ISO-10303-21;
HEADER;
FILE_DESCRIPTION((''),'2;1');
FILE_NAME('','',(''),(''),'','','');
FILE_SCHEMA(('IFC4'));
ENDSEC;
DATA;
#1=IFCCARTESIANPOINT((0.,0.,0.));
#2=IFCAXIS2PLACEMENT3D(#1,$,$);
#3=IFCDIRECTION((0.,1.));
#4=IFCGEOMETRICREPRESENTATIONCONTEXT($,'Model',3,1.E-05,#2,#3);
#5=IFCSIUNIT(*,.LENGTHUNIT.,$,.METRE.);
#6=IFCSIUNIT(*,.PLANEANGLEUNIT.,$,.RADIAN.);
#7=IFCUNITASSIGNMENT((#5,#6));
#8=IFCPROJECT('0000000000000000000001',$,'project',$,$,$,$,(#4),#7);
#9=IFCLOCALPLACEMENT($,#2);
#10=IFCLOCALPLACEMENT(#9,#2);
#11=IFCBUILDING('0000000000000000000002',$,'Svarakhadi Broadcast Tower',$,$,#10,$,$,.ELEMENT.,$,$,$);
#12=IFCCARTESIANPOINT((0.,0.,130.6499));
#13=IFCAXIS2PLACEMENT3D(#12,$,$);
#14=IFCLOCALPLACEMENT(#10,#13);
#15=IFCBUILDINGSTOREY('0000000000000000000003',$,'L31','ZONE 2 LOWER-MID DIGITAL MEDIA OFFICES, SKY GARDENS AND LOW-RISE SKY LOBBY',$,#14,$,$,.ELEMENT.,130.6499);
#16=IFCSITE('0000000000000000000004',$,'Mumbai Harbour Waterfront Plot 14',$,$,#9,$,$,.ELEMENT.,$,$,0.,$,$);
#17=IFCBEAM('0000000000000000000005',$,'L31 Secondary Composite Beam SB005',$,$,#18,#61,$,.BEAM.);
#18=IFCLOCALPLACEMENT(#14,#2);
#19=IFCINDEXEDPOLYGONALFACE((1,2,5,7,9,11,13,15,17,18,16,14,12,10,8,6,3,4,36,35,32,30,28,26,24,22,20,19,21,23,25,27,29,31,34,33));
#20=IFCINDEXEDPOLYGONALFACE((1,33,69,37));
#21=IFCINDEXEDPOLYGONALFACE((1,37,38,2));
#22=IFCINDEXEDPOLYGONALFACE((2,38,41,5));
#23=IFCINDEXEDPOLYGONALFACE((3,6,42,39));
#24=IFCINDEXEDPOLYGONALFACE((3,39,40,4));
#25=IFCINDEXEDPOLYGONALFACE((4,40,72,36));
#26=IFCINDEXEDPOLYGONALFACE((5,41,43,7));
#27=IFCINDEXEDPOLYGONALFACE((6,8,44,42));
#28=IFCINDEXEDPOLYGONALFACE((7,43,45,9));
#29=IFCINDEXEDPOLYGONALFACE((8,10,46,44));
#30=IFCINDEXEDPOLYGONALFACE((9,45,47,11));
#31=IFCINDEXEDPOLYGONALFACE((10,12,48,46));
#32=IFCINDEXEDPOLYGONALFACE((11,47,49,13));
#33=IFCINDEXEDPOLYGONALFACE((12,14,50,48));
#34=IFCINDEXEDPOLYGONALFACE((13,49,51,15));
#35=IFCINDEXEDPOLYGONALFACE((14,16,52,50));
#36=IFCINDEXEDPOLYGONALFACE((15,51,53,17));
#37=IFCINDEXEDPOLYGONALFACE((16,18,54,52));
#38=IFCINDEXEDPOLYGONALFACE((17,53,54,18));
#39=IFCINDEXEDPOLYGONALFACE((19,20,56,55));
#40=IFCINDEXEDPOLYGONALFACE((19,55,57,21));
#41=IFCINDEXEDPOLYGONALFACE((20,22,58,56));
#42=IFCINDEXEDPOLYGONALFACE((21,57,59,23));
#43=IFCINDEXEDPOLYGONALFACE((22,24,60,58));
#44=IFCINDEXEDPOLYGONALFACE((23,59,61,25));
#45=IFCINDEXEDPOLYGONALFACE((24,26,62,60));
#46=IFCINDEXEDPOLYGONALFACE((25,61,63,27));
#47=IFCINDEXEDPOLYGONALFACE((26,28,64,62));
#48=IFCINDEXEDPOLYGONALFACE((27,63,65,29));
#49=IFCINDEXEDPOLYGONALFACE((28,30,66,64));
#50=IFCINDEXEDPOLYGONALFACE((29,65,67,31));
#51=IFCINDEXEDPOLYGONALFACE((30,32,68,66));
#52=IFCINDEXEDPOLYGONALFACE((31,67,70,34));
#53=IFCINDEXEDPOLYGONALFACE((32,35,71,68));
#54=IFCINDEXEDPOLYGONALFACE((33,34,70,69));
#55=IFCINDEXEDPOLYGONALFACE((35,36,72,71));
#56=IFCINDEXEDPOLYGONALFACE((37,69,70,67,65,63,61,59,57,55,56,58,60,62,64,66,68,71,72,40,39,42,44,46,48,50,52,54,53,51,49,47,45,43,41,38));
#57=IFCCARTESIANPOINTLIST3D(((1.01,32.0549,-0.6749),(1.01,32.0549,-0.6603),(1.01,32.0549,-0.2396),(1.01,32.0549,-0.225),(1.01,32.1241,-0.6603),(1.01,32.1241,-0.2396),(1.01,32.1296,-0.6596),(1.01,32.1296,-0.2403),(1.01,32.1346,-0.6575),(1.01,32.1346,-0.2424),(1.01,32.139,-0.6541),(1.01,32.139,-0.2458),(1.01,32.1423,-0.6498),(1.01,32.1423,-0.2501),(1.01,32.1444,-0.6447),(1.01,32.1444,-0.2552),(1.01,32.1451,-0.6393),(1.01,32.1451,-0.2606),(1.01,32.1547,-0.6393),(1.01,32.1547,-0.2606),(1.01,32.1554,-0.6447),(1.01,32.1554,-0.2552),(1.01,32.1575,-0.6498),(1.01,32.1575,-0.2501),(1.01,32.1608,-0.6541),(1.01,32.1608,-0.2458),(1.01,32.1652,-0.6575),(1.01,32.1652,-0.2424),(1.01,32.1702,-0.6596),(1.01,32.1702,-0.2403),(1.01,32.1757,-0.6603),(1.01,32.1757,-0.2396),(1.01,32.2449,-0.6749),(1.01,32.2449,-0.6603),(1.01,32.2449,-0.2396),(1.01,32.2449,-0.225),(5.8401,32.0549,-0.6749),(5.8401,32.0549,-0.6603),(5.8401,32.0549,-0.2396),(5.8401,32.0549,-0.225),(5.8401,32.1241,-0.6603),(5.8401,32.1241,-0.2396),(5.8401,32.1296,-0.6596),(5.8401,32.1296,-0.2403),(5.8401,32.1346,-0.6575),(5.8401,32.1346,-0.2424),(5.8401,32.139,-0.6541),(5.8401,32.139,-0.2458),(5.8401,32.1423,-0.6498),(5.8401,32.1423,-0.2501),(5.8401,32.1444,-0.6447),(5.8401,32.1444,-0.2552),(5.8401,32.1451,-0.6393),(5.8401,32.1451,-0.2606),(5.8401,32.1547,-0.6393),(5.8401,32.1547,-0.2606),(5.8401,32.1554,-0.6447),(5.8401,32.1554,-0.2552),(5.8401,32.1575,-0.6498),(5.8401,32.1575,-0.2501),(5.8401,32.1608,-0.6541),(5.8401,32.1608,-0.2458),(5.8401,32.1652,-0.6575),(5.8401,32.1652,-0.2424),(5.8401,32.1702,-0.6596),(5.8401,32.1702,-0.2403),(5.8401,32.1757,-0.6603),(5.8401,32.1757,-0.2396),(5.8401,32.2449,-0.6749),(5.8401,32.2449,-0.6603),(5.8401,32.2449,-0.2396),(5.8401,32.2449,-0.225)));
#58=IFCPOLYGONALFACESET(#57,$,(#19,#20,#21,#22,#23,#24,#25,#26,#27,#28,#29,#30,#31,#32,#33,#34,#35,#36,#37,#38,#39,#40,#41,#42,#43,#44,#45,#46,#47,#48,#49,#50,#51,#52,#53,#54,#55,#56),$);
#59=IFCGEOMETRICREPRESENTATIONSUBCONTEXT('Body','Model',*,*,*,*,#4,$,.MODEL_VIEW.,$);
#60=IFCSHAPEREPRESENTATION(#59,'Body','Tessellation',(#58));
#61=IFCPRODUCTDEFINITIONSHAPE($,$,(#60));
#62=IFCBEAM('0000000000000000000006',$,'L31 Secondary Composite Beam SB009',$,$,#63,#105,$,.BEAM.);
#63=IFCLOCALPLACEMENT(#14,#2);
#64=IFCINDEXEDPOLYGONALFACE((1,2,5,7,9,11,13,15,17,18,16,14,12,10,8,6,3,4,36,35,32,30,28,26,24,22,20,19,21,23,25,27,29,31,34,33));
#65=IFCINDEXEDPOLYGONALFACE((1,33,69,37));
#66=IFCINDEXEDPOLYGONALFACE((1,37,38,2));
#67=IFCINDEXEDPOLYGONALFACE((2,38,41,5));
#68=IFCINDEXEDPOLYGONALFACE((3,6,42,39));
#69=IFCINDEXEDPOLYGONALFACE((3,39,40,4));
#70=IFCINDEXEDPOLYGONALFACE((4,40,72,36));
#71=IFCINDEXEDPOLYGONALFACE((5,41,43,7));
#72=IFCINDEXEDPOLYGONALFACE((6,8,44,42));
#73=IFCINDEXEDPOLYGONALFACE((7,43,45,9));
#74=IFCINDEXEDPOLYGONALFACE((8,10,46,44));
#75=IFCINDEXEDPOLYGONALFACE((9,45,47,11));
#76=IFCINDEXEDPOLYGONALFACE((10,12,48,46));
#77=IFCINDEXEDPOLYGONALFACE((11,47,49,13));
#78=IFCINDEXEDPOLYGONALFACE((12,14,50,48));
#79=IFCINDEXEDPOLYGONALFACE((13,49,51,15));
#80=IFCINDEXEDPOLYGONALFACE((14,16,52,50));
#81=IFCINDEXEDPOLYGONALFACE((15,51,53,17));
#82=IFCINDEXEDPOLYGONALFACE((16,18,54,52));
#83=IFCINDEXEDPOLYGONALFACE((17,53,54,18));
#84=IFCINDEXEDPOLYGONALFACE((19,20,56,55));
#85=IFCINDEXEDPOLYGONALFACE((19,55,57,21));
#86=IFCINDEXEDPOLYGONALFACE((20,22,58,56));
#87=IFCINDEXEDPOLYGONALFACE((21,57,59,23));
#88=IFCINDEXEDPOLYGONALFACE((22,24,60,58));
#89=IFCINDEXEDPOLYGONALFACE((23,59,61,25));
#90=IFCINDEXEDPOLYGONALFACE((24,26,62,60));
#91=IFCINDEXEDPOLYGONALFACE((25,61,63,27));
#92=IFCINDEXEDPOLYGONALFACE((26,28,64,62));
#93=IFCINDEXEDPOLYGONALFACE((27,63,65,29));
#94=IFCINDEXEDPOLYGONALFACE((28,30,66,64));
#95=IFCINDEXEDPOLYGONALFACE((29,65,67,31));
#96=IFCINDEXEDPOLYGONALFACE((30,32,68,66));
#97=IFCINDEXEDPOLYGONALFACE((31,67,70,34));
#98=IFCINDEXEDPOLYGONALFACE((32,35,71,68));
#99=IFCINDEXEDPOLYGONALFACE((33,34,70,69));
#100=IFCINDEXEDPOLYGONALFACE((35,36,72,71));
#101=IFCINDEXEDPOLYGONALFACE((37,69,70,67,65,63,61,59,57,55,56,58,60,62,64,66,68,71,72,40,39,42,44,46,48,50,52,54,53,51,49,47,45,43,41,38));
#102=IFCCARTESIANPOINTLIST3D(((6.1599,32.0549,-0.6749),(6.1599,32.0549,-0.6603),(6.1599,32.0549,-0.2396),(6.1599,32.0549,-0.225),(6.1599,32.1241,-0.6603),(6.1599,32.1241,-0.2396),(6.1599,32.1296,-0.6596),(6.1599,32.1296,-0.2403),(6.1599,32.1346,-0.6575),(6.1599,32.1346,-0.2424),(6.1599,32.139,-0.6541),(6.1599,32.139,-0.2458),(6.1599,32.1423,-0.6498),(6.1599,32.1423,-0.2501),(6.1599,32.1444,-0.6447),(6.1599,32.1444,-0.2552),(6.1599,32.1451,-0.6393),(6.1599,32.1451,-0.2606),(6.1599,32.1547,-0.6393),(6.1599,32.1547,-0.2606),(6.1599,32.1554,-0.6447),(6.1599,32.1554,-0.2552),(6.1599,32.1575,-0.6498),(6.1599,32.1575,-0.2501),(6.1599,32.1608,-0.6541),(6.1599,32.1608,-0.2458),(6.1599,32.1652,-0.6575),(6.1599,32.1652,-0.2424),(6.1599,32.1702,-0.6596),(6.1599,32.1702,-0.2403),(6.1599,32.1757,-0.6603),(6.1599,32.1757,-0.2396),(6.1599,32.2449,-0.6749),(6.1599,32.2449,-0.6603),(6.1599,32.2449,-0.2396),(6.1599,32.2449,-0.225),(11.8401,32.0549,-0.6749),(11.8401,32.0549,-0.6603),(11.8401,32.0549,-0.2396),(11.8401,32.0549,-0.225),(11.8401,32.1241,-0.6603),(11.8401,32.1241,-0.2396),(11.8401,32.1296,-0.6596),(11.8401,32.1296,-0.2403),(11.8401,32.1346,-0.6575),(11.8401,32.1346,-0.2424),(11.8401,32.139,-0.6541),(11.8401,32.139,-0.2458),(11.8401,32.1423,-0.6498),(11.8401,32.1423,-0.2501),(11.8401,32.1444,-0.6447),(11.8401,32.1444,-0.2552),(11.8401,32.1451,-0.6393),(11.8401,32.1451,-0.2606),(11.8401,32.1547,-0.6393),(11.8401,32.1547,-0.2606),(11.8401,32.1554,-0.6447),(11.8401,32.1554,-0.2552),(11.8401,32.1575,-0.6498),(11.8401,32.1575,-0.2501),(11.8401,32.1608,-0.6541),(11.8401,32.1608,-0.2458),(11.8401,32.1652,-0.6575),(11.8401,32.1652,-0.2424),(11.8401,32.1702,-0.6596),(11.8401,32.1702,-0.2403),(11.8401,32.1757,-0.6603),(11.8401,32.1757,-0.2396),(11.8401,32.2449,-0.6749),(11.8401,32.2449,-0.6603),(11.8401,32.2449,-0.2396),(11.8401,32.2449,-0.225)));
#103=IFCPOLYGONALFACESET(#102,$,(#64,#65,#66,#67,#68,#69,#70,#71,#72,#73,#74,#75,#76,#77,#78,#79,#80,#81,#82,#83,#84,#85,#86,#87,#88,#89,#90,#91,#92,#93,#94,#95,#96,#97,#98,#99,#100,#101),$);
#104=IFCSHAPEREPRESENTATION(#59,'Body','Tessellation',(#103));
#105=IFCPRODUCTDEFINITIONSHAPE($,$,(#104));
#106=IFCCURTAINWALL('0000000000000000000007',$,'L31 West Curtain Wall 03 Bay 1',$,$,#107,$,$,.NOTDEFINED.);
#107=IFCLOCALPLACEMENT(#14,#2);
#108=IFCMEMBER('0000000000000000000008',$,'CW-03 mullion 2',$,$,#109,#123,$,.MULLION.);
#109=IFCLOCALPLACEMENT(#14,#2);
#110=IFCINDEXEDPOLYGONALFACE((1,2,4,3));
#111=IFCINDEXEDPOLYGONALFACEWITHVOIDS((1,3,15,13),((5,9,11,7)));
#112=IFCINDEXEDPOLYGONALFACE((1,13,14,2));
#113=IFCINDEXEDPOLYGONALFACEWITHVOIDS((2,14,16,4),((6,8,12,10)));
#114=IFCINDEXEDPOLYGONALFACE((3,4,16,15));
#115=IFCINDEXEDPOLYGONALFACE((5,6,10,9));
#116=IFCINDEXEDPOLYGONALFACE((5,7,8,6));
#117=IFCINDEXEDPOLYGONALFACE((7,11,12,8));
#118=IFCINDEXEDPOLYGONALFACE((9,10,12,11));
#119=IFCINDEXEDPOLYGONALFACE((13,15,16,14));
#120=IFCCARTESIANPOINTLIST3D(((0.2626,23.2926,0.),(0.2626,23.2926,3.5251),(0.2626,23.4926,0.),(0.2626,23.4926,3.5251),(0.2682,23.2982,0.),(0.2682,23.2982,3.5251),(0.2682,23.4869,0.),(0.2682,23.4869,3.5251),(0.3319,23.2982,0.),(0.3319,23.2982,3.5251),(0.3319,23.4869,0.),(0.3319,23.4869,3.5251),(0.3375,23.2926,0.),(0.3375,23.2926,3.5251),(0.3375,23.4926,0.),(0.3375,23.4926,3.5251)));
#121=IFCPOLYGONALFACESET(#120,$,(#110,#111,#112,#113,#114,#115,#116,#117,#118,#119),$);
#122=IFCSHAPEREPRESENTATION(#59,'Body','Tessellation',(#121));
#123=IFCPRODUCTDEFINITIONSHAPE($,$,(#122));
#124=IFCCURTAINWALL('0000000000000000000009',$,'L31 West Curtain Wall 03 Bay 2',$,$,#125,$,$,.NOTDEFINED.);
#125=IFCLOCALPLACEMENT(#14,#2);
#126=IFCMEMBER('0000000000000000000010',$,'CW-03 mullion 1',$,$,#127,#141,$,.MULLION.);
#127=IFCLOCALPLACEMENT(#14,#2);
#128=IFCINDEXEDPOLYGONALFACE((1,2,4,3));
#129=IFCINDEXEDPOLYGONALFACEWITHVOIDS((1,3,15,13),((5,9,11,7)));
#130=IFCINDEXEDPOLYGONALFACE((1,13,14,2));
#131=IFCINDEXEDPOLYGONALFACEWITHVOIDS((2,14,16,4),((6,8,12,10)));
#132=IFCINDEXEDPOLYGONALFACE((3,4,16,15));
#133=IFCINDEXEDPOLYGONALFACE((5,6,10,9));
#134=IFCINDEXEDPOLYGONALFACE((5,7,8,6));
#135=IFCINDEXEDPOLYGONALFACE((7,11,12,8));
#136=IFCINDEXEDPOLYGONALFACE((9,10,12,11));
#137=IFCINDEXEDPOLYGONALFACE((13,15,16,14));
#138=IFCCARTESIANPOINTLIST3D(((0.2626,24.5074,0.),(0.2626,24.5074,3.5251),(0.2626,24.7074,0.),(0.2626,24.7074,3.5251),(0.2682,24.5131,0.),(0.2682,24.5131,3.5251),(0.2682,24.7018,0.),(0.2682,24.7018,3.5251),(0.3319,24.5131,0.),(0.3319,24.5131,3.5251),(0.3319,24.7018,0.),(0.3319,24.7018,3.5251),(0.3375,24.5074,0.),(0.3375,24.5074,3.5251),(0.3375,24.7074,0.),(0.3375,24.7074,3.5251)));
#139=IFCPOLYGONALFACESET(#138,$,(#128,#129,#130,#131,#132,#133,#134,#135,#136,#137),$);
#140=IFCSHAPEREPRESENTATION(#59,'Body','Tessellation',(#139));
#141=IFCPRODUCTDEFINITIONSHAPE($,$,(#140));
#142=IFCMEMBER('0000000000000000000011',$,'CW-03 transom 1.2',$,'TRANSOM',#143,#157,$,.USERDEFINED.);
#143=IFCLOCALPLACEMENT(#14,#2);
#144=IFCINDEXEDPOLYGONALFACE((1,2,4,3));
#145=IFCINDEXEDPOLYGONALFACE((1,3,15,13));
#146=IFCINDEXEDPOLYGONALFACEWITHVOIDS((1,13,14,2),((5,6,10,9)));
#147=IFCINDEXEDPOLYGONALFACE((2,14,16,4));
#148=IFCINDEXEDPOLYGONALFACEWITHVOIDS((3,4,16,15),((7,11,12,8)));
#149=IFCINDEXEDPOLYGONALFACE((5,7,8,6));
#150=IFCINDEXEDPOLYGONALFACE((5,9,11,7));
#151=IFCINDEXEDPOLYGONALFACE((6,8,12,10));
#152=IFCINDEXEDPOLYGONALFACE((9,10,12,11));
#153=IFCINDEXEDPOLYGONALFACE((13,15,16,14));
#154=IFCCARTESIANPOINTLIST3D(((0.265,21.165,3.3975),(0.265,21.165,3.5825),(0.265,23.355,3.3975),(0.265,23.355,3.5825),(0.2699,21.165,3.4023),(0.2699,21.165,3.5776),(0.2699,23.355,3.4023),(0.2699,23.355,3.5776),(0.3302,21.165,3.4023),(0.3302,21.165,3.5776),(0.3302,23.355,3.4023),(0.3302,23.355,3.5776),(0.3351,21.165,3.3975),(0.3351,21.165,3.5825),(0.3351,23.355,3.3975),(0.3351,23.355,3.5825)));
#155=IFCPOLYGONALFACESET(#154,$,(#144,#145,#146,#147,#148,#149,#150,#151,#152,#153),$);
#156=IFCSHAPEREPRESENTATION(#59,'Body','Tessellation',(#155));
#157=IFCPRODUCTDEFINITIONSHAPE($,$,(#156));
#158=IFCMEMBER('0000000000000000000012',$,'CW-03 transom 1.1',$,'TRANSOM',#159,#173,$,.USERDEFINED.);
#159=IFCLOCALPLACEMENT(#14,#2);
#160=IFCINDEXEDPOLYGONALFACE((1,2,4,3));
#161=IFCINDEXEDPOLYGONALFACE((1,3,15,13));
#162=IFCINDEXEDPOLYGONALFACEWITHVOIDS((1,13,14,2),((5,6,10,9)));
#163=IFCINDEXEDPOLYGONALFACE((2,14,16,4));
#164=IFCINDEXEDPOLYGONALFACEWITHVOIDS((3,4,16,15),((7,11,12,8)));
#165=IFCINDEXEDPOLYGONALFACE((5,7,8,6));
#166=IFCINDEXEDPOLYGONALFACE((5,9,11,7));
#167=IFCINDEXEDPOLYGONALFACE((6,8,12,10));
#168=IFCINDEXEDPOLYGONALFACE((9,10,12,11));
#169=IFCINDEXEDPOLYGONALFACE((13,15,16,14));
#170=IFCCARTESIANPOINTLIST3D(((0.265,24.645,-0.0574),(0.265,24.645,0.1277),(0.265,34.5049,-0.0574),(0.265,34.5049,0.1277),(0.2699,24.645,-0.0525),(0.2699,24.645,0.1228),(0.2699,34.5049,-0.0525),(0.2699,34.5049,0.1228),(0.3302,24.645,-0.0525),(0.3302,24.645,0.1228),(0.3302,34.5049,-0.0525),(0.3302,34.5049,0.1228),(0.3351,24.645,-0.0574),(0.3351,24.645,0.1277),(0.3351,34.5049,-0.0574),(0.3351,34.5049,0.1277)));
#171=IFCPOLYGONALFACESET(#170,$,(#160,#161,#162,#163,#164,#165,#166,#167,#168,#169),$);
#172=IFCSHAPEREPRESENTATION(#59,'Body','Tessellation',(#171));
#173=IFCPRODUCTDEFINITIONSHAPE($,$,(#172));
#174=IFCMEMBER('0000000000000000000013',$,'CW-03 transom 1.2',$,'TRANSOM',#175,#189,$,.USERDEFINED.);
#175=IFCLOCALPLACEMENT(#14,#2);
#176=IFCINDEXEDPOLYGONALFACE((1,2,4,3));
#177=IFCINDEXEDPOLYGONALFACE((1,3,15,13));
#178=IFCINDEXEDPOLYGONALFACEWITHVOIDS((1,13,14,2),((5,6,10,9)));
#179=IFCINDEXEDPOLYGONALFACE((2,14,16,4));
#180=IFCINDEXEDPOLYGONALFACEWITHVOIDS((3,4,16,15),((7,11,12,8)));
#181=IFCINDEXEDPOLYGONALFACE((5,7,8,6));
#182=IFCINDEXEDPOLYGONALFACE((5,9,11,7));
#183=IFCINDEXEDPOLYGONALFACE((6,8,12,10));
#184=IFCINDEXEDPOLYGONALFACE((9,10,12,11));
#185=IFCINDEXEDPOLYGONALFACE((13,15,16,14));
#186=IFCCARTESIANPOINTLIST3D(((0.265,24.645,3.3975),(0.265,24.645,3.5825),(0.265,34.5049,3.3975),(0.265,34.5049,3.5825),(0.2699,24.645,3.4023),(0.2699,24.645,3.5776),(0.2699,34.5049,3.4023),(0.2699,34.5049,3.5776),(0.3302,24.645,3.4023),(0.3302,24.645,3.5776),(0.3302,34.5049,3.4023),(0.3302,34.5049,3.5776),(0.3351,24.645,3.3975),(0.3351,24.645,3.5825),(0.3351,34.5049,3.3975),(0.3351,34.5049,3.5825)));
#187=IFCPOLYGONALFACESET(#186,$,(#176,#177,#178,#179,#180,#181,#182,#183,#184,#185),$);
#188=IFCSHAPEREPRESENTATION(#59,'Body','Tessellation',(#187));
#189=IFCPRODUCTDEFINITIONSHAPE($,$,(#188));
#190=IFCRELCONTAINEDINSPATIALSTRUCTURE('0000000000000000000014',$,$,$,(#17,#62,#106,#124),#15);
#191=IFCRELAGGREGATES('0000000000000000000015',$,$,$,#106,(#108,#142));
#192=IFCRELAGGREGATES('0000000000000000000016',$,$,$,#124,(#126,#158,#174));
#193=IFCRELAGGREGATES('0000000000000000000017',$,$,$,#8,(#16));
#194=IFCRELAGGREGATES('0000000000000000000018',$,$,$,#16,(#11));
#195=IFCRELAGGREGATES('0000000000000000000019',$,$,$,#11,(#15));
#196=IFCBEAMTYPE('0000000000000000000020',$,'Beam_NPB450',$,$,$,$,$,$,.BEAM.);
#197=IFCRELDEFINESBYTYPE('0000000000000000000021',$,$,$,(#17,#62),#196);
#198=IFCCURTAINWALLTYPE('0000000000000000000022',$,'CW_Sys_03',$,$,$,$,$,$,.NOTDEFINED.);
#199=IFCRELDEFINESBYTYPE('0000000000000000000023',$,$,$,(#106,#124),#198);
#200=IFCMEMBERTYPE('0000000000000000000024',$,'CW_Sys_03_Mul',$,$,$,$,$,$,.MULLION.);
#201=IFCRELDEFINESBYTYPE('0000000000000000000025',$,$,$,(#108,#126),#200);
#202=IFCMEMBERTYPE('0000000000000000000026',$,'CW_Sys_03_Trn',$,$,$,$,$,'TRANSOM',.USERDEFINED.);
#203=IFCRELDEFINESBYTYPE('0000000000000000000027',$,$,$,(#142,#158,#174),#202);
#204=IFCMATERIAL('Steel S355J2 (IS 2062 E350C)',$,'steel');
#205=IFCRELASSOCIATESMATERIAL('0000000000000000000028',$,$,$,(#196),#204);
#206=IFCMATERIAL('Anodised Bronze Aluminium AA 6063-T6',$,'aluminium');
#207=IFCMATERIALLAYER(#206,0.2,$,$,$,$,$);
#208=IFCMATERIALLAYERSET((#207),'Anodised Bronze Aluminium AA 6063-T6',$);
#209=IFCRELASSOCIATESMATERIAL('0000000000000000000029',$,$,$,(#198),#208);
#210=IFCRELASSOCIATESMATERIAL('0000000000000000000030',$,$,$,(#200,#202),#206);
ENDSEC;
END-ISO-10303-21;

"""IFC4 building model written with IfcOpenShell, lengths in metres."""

from ifc_helpers import new_model, si_unit, direction, frame, origin, origin_2d, place, context, subcontext, project, spatial, hollow_rectangle, i_section, extrude, material, layer, layer_set, material_profile, profile_set, type_object, element, aggregate, save


model = new_model("IFC4")

# Units and contexts
model_context = context("Model", 3, precision=1e-05, world=origin(), true_north=direction((0.0, 1.0)))
body_context = subcontext(model_context, "Body", "Model", "MODEL_VIEW")
ifc_project = project(units=[si_unit("LENGTHUNIT", "METRE"), si_unit("PLANEANGLEUNIT", "RADIAN")], contexts=[model_context])

# Site, building, storey
site_placement = place(None, origin())
site = spatial("IfcSite", under=ifc_project, at=site_placement, Name="Mumbai Harbour Waterfront Plot 14", CompositionType="ELEMENT", RefElevation=0.0)
building_placement = place(site_placement, origin())
building = spatial("IfcBuilding", under=site, at=building_placement, Name="Svarakhadi Broadcast Tower", CompositionType="ELEMENT")
storey_placement = place(building_placement, frame((0.0, 0.0, 130.6499)))
storey = spatial("IfcBuildingStorey", under=building, at=storey_placement, Name="L31", Description="ZONE 2 LOWER-MID DIGITAL MEDIA OFFICES, SKY GARDENS AND LOW-RISE SKY LOBBY", CompositionType="ELEMENT", Elevation=130.6499)

# Beams
ifc_material_1 = material(Name="Steel S355J2 (IS 2062 E350C)", Category="steel")
ifc_material_profile_1 = material_profile(ifc_material_1, i_section(OverallWidth=0.1899, OverallDepth=0.45, WebThickness=0.0095, FlangeThickness=0.0146, FilletRadius=0.021, at=origin_2d()), Name="NPB 450x190x78")
ifc_profile_set_1 = profile_set([ifc_material_profile_1], Name="Steel S355J2 (IS 2062 E350C)")
beam_type_1 = type_object("IfcBeamType", Name="Beam_NPB450", PredefinedType="BEAM", material=ifc_profile_set_1)
for number, where, z_axis, x_axis, name in (
    (1, (1.01, 32.1499, -0.45), (1.0, 0.0, 0.0), (0.0, 1.0, 0.0), "L31 Secondary Composite Beam SB005"),
):
    element("IfcBeam", number, at=place(storey_placement, frame(where, z_axis=z_axis, x_axis=x_axis)), inside=storey, type_object=beam_type_1, Name=name, PredefinedType="BEAM", context=body_context, shape_type="SweptSolid", body=[
        extrude(i_section(OverallWidth=0.1899, OverallDepth=0.45, WebThickness=0.0095, FlangeThickness=0.0146, FilletRadius=0.021, at=origin_2d()), origin(), (0.0, 0.0, 1.0), 4.8301),
    ])
beam_1_placement = place(storey_placement, frame((6.1599, 32.1499, -0.45), z_axis=(1.0, 0.0, 0.0), x_axis=(0.0, 1.0, 0.0)))
element("IfcBeam", 2, at=beam_1_placement, inside=storey, type_object=beam_type_1, Name="L31 Secondary Composite Beam SB009", PredefinedType="BEAM", context=body_context, shape_type="SweptSolid", body=[
    extrude(i_section(OverallWidth=0.1899, OverallDepth=0.45, WebThickness=0.0095, FlangeThickness=0.0146, FilletRadius=0.021, at=origin_2d()), origin(), (0.0, 0.0, 1.0), 5.6802),
])

# Curtain walls, members
ifc_material_2 = material(Name="Anodised Bronze Aluminium AA 6063-T6", Category="aluminium")
ifc_layer_1 = layer(ifc_material_2, 0.2)
ifc_layer_set_1 = layer_set([ifc_layer_1], Name="Anodised Bronze Aluminium AA 6063-T6")
curtain_wall_type = type_object("IfcCurtainWallType", Name="CW_Sys_03", PredefinedType="NOTDEFINED", material=ifc_layer_set_1)
curtain_wall_1_placement = place(storey_placement, origin())
curtain_wall_1 = element("IfcCurtainWall", 3, at=curtain_wall_1_placement, inside=storey, type_object=curtain_wall_type, Name="L31 West Curtain Wall 03 Bay 1", PredefinedType="NOTDEFINED")
ifc_material_profile_2 = material_profile(ifc_material_2, hollow_rectangle(XDim=0.075, YDim=0.2, WallThickness=0.0056, at=origin_2d()), Name="ALU MULLION 200x75x6")
ifc_profile_set_2 = profile_set([ifc_material_profile_2], Name="Anodised Bronze Aluminium AA 6063-T6")
member_type_1 = type_object("IfcMemberType", Name="CW_Sys_03_Mul", PredefinedType="MULLION", material=ifc_profile_set_2)
member_1_placement = place(storey_placement, frame((0.3, 23.3926, 0.0), z_axis=(0.0, 0.0, 1.0), x_axis=(-1.0, 0.0, 0.0)))
member_1 = element("IfcMember", 4, at=member_1_placement, type_object=member_type_1, Name="CW-03 mullion 2", PredefinedType="MULLION", context=body_context, shape_type="SweptSolid", body=[
    extrude(hollow_rectangle(XDim=0.075, YDim=0.2, WallThickness=0.0056, at=origin_2d()), origin(), (0.0, 0.0, 1.0), 3.5251),
])
curtain_wall_2_placement = place(storey_placement, origin())
curtain_wall_2 = element("IfcCurtainWall", 5, at=curtain_wall_2_placement, inside=storey, type_object=curtain_wall_type, Name="L31 West Curtain Wall 03 Bay 2", PredefinedType="NOTDEFINED")
member_2_placement = place(storey_placement, frame((0.3, 24.6074, 0.0), z_axis=(0.0, 0.0, 1.0), x_axis=(-1.0, 0.0, 0.0)))
member_2 = element("IfcMember", 6, at=member_2_placement, type_object=member_type_1, Name="CW-03 mullion 1", PredefinedType="MULLION", context=body_context, shape_type="SweptSolid", body=[
    extrude(hollow_rectangle(XDim=0.075, YDim=0.2, WallThickness=0.0056, at=origin_2d()), origin(), (0.0, 0.0, 1.0), 3.5251),
])

# Members
ifc_material_profile_3 = material_profile(ifc_material_2, hollow_rectangle(XDim=0.0701, YDim=0.1851, WallThickness=0.0049, at=origin_2d()), Name="ALU TRANSOM 185x70x5")
ifc_profile_set_3 = profile_set([ifc_material_profile_3], Name="Anodised Bronze Aluminium AA 6063-T6")
member_type_2 = type_object("IfcMemberType", Name="CW_Sys_03_Trn", ElementType="TRANSOM", PredefinedType="USERDEFINED", material=ifc_profile_set_3)
member_3_placement = place(storey_placement, frame((0.3, 21.165, 3.49), z_axis=(0.0, 1.0, 0.0), x_axis=(-1.0, 0.0, 0.0)))
member_3 = element("IfcMember", 7, at=member_3_placement, type_object=member_type_2, Name="CW-03 transom 1.2", ObjectType="TRANSOM", PredefinedType="USERDEFINED", context=body_context, shape_type="SweptSolid", body=[
    extrude(hollow_rectangle(XDim=0.0701, YDim=0.1851, WallThickness=0.0049, at=origin_2d()), origin(), (0.0, 0.0, 1.0), 2.1899),
])
member_4_placement = place(storey_placement, frame((0.3, 24.645, 0.0352), z_axis=(0.0, 1.0, 0.0), x_axis=(-1.0, 0.0, 0.0)))
member_4 = element("IfcMember", 8, at=member_4_placement, type_object=member_type_2, Name="CW-03 transom 1.1", ObjectType="TRANSOM", PredefinedType="USERDEFINED", context=body_context, shape_type="SweptSolid", body=[
    extrude(hollow_rectangle(XDim=0.0701, YDim=0.1851, WallThickness=0.0049, at=origin_2d()), origin(), (0.0, 0.0, 1.0), 9.8599),
])
member_5_placement = place(storey_placement, frame((0.3, 24.645, 3.49), z_axis=(0.0, 1.0, 0.0), x_axis=(-1.0, 0.0, 0.0)))
member_5 = element("IfcMember", 9, at=member_5_placement, type_object=member_type_2, Name="CW-03 transom 1.2", ObjectType="TRANSOM", PredefinedType="USERDEFINED", context=body_context, shape_type="SweptSolid", body=[
    extrude(hollow_rectangle(XDim=0.0701, YDim=0.1851, WallThickness=0.0049, at=origin_2d()), origin(), (0.0, 0.0, 1.0), 9.8599),
])

aggregate(curtain_wall_1, [member_1, member_3])
aggregate(curtain_wall_2, [member_2, member_4, member_5])

save(model, "model.ifc")
